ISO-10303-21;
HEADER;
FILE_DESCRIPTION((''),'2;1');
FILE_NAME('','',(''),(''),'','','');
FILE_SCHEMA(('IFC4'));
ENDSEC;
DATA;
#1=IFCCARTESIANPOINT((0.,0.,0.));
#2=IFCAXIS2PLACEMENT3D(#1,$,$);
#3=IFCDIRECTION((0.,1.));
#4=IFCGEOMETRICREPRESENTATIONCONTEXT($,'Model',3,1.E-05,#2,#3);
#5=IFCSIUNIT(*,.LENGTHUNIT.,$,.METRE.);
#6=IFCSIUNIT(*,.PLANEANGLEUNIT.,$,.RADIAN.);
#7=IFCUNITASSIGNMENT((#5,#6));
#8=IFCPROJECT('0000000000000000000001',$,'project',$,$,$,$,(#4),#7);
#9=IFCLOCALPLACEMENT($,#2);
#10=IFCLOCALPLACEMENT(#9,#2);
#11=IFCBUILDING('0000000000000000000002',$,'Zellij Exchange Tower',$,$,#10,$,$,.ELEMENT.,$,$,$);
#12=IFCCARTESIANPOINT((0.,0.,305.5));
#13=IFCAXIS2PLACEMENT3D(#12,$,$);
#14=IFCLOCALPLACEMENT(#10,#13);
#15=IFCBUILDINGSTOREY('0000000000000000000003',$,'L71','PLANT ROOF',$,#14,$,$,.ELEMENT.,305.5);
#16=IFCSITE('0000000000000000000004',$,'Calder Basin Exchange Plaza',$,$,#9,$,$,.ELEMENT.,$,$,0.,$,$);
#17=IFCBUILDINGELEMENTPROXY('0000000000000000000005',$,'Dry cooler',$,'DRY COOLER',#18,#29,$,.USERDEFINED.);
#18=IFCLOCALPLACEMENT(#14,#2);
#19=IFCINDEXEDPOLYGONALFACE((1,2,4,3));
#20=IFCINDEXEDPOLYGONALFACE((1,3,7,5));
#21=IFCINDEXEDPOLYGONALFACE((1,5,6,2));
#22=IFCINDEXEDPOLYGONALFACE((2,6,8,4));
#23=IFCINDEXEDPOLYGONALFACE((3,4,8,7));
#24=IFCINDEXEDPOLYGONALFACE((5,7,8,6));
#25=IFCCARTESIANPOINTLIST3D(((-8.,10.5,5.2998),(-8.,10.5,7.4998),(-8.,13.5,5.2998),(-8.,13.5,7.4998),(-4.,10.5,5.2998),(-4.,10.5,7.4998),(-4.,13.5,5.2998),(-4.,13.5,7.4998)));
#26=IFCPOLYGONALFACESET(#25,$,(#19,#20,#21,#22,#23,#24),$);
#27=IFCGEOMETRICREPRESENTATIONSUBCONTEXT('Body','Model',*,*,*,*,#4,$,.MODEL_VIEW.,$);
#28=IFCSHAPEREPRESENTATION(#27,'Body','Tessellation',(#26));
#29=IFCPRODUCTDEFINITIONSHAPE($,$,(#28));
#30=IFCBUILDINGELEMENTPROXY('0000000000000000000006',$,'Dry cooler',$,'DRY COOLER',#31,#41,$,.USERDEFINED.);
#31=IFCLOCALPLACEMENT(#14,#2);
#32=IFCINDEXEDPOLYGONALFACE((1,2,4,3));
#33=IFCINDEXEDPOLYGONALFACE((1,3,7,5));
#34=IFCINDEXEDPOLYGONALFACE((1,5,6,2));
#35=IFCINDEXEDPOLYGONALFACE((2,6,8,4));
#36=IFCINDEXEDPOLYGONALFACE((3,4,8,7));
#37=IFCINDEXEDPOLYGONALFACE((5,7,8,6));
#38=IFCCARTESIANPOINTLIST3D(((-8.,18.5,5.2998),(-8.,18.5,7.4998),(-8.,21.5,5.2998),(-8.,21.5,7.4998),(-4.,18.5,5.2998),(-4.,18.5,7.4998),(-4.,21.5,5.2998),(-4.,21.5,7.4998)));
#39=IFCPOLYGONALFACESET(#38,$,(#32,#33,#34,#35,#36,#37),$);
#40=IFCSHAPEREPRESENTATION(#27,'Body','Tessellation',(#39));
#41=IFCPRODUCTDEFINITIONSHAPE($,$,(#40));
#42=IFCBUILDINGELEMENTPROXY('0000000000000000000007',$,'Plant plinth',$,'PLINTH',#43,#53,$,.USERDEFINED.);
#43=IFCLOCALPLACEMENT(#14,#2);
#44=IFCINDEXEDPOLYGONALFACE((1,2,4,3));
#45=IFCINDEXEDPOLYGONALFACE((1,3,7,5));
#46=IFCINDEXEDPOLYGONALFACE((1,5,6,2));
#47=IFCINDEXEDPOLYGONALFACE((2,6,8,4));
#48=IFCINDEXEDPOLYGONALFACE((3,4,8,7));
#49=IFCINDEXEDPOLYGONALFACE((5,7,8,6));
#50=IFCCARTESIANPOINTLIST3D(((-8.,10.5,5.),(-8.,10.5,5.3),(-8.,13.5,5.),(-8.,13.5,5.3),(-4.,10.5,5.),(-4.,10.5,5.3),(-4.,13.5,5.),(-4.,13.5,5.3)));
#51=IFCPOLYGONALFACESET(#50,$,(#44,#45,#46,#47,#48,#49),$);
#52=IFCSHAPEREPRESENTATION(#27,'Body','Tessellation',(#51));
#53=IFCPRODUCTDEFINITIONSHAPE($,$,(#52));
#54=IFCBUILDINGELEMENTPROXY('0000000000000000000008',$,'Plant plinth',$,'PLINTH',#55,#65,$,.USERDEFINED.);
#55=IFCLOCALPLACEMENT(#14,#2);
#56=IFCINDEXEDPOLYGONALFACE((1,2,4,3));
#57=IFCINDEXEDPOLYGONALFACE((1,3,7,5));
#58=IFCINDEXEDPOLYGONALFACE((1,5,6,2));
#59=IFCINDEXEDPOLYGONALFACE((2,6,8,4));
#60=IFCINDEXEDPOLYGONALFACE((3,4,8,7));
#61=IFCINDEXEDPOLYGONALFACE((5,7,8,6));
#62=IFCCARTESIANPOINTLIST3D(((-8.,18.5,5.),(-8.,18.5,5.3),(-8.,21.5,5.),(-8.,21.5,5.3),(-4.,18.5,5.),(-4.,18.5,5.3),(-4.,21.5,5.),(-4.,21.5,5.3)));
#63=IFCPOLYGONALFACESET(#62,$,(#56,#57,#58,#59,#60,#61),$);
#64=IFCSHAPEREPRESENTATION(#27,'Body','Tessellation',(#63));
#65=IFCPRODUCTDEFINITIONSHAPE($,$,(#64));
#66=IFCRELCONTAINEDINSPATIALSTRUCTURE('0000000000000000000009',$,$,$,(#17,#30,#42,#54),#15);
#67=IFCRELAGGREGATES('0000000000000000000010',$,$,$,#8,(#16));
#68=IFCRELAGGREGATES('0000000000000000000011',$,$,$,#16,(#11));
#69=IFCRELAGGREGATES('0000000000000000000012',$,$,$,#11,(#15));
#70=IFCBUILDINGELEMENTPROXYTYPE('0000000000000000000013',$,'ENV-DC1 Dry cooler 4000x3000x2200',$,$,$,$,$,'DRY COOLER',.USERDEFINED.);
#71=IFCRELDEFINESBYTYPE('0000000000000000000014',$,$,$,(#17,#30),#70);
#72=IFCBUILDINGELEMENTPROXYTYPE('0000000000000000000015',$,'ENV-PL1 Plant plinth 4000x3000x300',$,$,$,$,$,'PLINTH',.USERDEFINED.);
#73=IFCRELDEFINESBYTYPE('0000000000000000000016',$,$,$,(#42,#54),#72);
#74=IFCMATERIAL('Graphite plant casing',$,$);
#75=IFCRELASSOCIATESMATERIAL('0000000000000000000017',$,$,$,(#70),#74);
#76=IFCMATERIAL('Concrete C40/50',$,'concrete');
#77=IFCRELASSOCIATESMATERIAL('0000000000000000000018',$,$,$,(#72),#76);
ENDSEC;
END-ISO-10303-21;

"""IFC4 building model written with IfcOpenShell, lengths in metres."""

from ifc_helpers import new_model, si_unit, direction, frame, origin, origin_2d, place, context, subcontext, project, spatial, rectangle, extrude, material, type_object, element, save


model = new_model("IFC4")

# Units and contexts
model_context = context("Model", 3, precision=1e-05, world=origin(), true_north=direction((0.0, 1.0)))
body_context = subcontext(model_context, "Body", "Model", "MODEL_VIEW")
ifc_project = project(units=[si_unit("LENGTHUNIT", "METRE"), si_unit("PLANEANGLEUNIT", "RADIAN")], contexts=[model_context])

# Site, building, storey
site_placement = place(None, origin())
site = spatial("IfcSite", under=ifc_project, at=site_placement, Name="Calder Basin Exchange Plaza", CompositionType="ELEMENT", RefElevation=0.0)
building_placement = place(site_placement, origin())
building = spatial("IfcBuilding", under=site, at=building_placement, Name="Zellij Exchange Tower", CompositionType="ELEMENT")
storey_placement = place(building_placement, frame((0.0, 0.0, 305.5)))
storey = spatial("IfcBuildingStorey", under=building, at=storey_placement, Name="L71", Description="PLANT ROOF", CompositionType="ELEMENT", Elevation=305.5)

# Building element proxies
ifc_material_1 = material(Name="Graphite plant casing")
building_element_proxy_type_1 = type_object("IfcBuildingElementProxyType", Name="ENV-DC1 Dry cooler 4000x3000x2200", ElementType="DRY COOLER", PredefinedType="USERDEFINED", material=ifc_material_1)
for number, where, z_axis, x_axis, name in (
    (1, (-6.0, 12.0, 5.2998), (0.0, 0.0, 1.0), (1.0, 0.0, 0.0), "Dry cooler"),
    (2, (-6.0, 20.0, 5.2998), (0.0, 0.0, 1.0), (1.0, 0.0, 0.0), "Dry cooler"),
):
    element("IfcBuildingElementProxy", number, at=place(storey_placement, frame(where, z_axis=z_axis, x_axis=x_axis)), inside=storey, type_object=building_element_proxy_type_1, Name=name, ObjectType="DRY COOLER", PredefinedType="USERDEFINED", context=body_context, shape_type="SweptSolid", body=[
        extrude(rectangle(XDim=4.0, YDim=3.0, at=origin_2d()), origin(), (0.0, 0.0, 1.0), 2.2),
    ])
ifc_material_2 = material(Name="Concrete C40/50", Category="concrete")
building_element_proxy_type_2 = type_object("IfcBuildingElementProxyType", Name="ENV-PL1 Plant plinth 4000x3000x300", ElementType="PLINTH", PredefinedType="USERDEFINED", material=ifc_material_2)
for number, where, z_axis, x_axis, name in (
    (3, (-6.0, 12.0, 5.0), (0.0, 0.0, 1.0), (1.0, 0.0, 0.0), "Plant plinth"),
    (4, (-6.0, 20.0, 5.0), (0.0, 0.0, 1.0), (1.0, 0.0, 0.0), "Plant plinth"),
):
    element("IfcBuildingElementProxy", number, at=place(storey_placement, frame(where, z_axis=z_axis, x_axis=x_axis)), inside=storey, type_object=building_element_proxy_type_2, Name=name, ObjectType="PLINTH", PredefinedType="USERDEFINED", context=body_context, shape_type="SweptSolid", body=[
        extrude(rectangle(XDim=4.0, YDim=3.0, at=origin_2d()), origin(), (0.0, 0.0, 1.0), 0.3),
    ])

save(model, "model.ifc")
